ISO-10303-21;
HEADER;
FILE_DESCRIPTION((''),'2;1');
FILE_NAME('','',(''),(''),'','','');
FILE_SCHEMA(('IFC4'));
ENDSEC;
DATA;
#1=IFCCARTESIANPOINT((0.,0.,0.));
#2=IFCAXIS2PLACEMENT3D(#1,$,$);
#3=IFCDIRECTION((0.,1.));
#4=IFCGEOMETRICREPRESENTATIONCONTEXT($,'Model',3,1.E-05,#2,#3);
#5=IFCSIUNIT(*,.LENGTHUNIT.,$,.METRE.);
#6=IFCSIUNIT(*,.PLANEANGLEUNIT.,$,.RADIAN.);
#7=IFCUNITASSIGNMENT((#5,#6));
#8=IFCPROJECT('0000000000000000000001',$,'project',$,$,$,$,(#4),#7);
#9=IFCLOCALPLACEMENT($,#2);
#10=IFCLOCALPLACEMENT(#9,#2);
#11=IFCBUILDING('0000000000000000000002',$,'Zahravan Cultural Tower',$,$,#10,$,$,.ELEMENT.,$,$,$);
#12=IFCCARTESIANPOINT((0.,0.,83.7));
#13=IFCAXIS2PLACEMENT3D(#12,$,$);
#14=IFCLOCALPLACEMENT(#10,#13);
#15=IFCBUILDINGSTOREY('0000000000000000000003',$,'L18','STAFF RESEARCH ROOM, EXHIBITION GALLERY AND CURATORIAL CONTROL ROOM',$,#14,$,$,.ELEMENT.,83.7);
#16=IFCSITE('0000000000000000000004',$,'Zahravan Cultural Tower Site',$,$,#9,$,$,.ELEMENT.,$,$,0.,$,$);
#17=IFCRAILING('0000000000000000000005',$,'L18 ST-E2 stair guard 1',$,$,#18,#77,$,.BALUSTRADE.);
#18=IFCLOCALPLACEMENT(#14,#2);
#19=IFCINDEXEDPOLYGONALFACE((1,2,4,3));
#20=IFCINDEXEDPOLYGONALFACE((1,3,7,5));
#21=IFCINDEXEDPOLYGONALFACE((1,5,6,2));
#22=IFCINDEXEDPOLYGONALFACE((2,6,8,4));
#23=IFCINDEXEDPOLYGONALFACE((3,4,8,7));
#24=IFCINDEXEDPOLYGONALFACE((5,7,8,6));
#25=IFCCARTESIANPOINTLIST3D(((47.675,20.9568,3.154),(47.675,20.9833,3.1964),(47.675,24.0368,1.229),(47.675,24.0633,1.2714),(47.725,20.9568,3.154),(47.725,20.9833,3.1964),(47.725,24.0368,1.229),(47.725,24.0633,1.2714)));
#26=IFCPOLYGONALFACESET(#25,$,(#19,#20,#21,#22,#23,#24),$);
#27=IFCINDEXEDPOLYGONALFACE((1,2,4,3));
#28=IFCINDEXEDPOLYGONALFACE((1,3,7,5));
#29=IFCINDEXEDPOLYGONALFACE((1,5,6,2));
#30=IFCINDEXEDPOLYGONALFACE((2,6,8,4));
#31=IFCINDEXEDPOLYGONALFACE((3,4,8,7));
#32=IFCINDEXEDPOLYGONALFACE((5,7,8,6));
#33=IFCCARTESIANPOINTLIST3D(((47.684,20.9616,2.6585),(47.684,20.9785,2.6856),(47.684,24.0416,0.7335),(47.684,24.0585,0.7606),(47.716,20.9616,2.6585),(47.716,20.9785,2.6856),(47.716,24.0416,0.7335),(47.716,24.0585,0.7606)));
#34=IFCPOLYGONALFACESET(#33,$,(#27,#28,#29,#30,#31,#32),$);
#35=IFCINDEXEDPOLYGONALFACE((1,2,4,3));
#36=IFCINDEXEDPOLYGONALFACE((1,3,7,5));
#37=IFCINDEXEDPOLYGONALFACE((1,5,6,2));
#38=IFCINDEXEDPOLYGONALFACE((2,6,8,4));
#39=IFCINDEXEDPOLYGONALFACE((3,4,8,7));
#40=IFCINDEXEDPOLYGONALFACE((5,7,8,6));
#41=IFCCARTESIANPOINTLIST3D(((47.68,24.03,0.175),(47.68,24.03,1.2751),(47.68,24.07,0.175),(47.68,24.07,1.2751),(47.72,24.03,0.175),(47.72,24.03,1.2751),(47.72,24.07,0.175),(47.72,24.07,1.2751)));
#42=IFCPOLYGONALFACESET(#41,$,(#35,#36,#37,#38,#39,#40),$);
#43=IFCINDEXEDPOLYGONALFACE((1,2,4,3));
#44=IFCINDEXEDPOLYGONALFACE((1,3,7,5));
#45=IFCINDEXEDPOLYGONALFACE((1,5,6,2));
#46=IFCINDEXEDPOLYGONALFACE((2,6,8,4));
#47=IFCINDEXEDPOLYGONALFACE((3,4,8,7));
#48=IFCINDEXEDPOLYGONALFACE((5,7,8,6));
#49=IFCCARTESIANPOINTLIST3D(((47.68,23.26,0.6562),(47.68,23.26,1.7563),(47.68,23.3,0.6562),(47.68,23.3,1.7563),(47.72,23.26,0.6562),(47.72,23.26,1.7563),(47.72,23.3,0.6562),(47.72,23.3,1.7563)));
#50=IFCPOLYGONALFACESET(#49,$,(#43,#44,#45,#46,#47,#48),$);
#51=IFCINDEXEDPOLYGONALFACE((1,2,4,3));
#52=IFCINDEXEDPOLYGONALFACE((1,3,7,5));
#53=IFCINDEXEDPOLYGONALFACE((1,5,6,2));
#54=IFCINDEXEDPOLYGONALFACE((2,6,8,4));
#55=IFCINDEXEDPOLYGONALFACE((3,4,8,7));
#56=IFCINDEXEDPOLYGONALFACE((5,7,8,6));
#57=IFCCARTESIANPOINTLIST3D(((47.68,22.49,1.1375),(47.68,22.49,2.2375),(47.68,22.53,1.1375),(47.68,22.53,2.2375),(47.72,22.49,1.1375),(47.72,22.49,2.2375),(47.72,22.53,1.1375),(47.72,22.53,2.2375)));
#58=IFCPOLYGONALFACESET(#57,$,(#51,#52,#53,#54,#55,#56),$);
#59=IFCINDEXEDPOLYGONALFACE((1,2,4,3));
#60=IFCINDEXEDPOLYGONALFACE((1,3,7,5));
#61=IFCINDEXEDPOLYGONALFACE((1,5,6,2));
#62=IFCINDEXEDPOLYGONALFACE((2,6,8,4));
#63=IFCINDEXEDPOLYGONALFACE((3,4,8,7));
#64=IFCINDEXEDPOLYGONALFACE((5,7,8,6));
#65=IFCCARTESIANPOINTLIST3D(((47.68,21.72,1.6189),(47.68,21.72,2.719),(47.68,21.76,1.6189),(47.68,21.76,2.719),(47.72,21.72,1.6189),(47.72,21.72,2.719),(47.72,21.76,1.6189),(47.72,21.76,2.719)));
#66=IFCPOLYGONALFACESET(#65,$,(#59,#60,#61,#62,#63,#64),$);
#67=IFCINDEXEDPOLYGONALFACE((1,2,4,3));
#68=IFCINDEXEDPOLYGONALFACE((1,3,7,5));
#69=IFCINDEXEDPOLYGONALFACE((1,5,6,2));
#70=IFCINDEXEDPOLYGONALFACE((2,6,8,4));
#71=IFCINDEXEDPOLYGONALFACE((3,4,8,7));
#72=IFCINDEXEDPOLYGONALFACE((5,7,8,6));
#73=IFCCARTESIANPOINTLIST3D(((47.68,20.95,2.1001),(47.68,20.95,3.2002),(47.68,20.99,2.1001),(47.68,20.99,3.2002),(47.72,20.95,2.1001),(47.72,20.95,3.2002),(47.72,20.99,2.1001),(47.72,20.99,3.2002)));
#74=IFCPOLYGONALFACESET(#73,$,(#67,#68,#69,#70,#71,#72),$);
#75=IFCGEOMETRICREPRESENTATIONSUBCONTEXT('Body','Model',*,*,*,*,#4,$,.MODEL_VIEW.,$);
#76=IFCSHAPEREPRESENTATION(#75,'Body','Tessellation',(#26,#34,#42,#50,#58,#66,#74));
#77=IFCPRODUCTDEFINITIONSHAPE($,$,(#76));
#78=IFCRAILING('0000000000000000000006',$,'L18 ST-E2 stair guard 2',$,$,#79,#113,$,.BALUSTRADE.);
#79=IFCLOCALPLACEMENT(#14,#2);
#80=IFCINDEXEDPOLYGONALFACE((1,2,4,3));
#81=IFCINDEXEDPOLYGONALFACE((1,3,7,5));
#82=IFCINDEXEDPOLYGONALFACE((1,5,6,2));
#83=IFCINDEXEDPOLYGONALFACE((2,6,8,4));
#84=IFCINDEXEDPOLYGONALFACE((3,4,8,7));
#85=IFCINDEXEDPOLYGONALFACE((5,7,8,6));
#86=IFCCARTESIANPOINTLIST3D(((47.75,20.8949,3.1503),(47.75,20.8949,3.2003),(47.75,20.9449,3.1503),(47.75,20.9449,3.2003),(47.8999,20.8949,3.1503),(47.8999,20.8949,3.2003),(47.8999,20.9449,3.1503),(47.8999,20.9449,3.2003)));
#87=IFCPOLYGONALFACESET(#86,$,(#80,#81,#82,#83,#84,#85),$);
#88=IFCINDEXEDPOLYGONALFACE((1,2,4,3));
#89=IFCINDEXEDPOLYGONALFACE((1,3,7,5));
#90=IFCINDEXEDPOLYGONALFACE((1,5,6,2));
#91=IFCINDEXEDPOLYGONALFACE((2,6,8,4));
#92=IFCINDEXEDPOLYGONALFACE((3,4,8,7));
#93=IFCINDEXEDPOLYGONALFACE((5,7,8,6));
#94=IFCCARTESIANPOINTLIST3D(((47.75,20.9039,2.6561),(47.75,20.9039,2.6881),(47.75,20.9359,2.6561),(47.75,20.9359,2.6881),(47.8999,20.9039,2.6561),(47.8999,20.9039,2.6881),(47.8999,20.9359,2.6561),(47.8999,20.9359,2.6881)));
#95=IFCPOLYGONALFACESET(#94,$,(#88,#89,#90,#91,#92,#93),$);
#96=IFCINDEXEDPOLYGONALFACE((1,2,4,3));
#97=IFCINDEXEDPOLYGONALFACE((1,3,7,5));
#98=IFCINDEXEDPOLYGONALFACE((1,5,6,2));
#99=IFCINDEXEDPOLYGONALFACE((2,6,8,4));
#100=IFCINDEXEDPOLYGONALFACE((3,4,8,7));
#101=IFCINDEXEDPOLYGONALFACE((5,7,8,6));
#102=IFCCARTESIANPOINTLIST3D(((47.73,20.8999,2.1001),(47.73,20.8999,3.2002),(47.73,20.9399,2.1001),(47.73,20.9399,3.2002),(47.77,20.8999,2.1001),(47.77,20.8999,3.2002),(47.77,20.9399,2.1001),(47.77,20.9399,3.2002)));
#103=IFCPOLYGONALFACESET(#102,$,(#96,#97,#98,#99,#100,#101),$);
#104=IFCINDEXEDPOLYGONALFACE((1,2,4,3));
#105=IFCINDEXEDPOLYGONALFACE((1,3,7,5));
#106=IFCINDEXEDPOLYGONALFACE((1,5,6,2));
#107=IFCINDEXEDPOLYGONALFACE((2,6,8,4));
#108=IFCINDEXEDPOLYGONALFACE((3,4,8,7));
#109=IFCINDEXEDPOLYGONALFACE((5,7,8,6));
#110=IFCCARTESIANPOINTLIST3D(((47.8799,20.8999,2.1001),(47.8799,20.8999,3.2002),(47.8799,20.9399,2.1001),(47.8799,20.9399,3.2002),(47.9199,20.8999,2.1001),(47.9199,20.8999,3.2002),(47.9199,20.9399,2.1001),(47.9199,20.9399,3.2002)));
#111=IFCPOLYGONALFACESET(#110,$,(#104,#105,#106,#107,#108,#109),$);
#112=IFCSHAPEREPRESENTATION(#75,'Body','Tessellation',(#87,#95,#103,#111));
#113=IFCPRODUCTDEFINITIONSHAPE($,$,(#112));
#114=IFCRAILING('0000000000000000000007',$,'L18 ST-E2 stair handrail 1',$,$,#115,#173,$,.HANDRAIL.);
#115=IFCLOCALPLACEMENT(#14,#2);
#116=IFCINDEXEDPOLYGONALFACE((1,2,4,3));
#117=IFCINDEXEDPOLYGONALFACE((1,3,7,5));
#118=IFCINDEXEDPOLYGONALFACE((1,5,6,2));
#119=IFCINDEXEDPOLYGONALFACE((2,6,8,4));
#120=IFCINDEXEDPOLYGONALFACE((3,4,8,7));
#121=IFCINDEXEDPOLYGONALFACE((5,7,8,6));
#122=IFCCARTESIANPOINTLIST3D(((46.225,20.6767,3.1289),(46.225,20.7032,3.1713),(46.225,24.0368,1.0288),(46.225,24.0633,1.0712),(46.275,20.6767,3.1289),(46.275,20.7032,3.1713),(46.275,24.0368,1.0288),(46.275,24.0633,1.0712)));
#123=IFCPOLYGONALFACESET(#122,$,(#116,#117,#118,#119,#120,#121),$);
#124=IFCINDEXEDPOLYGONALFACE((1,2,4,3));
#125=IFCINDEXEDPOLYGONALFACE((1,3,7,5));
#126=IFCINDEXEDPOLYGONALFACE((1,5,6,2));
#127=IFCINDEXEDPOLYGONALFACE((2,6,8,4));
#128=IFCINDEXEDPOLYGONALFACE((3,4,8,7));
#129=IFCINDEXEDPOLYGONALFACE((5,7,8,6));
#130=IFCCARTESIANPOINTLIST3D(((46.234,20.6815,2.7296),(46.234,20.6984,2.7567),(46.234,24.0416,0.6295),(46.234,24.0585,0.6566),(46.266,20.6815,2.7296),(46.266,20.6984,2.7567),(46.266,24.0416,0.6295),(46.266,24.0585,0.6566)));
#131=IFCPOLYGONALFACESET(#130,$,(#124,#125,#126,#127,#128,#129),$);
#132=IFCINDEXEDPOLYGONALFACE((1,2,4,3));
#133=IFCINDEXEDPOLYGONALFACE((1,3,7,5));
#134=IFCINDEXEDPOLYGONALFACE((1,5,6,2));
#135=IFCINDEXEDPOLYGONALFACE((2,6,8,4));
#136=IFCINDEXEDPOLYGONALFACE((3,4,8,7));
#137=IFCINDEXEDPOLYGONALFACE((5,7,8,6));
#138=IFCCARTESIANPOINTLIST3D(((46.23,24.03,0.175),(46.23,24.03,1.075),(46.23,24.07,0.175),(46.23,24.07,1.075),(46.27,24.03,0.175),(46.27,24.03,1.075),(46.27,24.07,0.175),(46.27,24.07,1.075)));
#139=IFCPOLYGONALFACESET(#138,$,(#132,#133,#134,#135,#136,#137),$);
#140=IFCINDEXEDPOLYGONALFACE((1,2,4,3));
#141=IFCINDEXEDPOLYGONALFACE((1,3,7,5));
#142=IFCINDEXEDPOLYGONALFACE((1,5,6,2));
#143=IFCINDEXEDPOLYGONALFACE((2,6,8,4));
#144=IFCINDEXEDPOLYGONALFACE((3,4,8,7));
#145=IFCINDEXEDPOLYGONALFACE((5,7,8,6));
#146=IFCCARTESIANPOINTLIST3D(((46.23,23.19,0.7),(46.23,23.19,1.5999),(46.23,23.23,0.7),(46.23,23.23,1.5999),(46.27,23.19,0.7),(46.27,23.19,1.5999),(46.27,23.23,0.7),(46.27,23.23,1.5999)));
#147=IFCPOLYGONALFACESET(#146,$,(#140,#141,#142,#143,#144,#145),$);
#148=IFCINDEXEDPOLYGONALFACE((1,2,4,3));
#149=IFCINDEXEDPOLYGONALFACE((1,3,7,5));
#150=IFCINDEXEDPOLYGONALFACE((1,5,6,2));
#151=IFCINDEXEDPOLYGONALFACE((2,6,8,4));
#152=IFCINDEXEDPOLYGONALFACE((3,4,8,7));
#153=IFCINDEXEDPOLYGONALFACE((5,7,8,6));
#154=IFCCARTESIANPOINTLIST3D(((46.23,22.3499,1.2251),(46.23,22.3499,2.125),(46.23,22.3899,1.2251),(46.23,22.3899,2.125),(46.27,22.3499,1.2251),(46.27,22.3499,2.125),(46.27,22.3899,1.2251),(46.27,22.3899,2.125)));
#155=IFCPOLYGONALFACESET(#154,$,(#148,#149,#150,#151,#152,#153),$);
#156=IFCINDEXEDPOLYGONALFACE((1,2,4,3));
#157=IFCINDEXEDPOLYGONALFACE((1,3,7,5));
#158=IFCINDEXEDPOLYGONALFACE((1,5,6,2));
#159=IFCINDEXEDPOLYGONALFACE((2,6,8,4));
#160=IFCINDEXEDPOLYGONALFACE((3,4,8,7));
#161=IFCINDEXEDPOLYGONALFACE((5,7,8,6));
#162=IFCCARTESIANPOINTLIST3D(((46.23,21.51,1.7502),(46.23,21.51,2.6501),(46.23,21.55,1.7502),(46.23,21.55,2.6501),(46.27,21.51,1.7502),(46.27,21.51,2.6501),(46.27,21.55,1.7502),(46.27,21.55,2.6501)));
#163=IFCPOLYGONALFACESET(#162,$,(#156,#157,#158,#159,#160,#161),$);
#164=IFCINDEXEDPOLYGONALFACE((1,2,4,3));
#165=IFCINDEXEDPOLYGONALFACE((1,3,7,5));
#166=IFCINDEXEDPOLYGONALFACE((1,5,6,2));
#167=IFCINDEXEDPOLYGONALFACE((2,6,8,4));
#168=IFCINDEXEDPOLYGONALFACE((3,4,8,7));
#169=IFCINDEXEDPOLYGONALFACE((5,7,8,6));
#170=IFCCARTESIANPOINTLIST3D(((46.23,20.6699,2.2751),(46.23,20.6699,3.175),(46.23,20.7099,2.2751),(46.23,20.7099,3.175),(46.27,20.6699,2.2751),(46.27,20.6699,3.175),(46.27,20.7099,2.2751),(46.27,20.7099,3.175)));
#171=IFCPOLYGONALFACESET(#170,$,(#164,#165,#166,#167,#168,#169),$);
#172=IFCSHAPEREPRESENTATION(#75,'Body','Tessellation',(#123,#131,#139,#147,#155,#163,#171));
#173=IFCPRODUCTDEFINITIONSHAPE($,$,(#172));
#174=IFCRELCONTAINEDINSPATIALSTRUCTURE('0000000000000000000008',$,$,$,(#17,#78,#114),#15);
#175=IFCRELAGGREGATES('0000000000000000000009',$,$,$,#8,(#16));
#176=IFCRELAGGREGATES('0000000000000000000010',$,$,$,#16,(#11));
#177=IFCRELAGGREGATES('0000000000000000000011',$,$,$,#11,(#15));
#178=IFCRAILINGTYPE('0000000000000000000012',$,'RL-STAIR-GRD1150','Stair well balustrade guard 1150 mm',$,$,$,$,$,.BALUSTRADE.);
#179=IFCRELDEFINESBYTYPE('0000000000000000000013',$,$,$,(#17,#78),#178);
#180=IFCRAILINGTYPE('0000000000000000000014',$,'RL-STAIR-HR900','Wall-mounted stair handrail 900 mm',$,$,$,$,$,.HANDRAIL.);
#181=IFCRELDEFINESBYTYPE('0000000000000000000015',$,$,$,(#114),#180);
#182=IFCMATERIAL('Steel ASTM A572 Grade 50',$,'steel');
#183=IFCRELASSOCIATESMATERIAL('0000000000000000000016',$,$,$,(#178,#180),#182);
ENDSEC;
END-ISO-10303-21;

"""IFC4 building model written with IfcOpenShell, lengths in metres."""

from ifc_helpers import new_model, si_unit, direction, frame, origin, origin_2d, place, context, subcontext, project, spatial, rectangle, extrude, material, type_object, element, save


model = new_model("IFC4")

# Units and contexts
model_context = context("Model", 3, precision=1e-05, world=origin(), true_north=direction((0.0, 1.0)))
body_context = subcontext(model_context, "Body", "Model", "MODEL_VIEW")
ifc_project = project(units=[si_unit("LENGTHUNIT", "METRE"), si_unit("PLANEANGLEUNIT", "RADIAN")], contexts=[model_context])

# Site, building, storey
site_placement = place(None, origin())
site = spatial("IfcSite", under=ifc_project, at=site_placement, Name="Zahravan Cultural Tower Site", CompositionType="ELEMENT", RefElevation=0.0)
building_placement = place(site_placement, origin())
building = spatial("IfcBuilding", under=site, at=building_placement, Name="Zahravan Cultural Tower", CompositionType="ELEMENT")
storey_placement = place(building_placement, frame((0.0, 0.0, 83.7)))
storey = spatial("IfcBuildingStorey", under=building, at=storey_placement, Name="L18", Description="STAFF RESEARCH ROOM, EXHIBITION GALLERY AND CURATORIAL CONTROL ROOM", CompositionType="ELEMENT", Elevation=83.7)

# Shared definitions
ifc_material_1 = material(Name="Steel ASTM A572 Grade 50", Category="steel")

# Railings
railing_type_1 = type_object("IfcRailingType", Name="RL-STAIR-GRD1150", Description="Stair well balustrade guard 1150 mm", PredefinedType="BALUSTRADE", material=ifc_material_1)
railing_1_placement = place(storey_placement, frame((47.7, 24.05, 0.175)))
element("IfcRailing", 1, at=railing_1_placement, inside=storey, type_object=railing_type_1, Name="L18 ST-E2 stair guard 1", PredefinedType="BALUSTRADE", context=body_context, shape_type="SweptSolid", body=[
    extrude(rectangle(XDim=0.05, YDim=0.05, at=origin_2d()), frame((0.0, 0.0, 1.0752), z_axis=(0.0, -0.847998, 0.529999), x_axis=(1.0, 0.0, 0.0)), (0.0, 0.0, 1.0), 3.6321),
    extrude(rectangle(XDim=0.032, YDim=0.032, at=origin_2d()), frame((0.0, 0.0, 0.572), z_axis=(0.0, -0.847998, 0.529999), x_axis=(1.0, 0.0, 0.0)), (0.0, 0.0, 1.0), 3.6321),
    extrude(rectangle(XDim=0.04, YDim=0.04, at=origin_2d()), origin(), (0.0, 0.0, 1.0), 1.1001),
    extrude(rectangle(XDim=0.04, YDim=0.04, at=origin_2d()), frame((0.0, -0.77, 0.4812)), (0.0, 0.0, 1.0), 1.1001),
    extrude(rectangle(XDim=0.04, YDim=0.04, at=origin_2d()), frame((0.0, -1.54, 0.9624)), (0.0, 0.0, 1.0), 1.1001),
    extrude(rectangle(XDim=0.04, YDim=0.04, at=origin_2d()), frame((0.0, -2.3101, 1.4438)), (0.0, 0.0, 1.0), 1.1001),
    extrude(rectangle(XDim=0.04, YDim=0.04, at=origin_2d()), frame((0.0, -3.0801, 1.925)), (0.0, 0.0, 1.0), 1.1001),
])
railing_2_placement = place(storey_placement, frame((47.75, 20.9199, 2.1001)))
element("IfcRailing", 2, at=railing_2_placement, inside=storey, type_object=railing_type_1, Name="L18 ST-E2 stair guard 2", PredefinedType="BALUSTRADE", context=body_context, shape_type="SweptSolid", body=[
    extrude(rectangle(XDim=0.05, YDim=0.05, at=origin_2d()), frame((0.0, 0.0, 1.0752), z_axis=(1.0, 0.0, 0.0), x_axis=(0.0, 1.0, 0.0)), (0.0, 0.0, 1.0), 0.1499),
    extrude(rectangle(XDim=0.032, YDim=0.032, at=origin_2d()), frame((0.0, 0.0, 0.572), z_axis=(1.0, 0.0, 0.0), x_axis=(0.0, 1.0, 0.0)), (0.0, 0.0, 1.0), 0.1499),
    extrude(rectangle(XDim=0.04, YDim=0.04, at=origin_2d()), origin(), (0.0, 0.0, 1.0), 1.1001),
    extrude(rectangle(XDim=0.04, YDim=0.04, at=origin_2d()), frame((0.1499, 0.0, 0.0)), (0.0, 0.0, 1.0), 1.1001),
])
railing_type_2 = type_object("IfcRailingType", Name="RL-STAIR-HR900", Description="Wall-mounted stair handrail 900 mm", PredefinedType="HANDRAIL", material=ifc_material_1)
railing_3_placement = place(storey_placement, frame((46.25, 24.05, 0.175)))
element("IfcRailing", 3, at=railing_3_placement, inside=storey, type_object=railing_type_2, Name="L18 ST-E2 stair handrail 1", PredefinedType="HANDRAIL", context=body_context, shape_type="SweptSolid", body=[
    extrude(rectangle(XDim=0.05, YDim=0.05, at=origin_2d()), frame((0.0, 0.0, 0.875), z_axis=(0.0, -0.847995, 0.530004), x_axis=(1.0, 0.0, 0.0)), (0.0, 0.0, 1.0), 3.9624),
    extrude(rectangle(XDim=0.032, YDim=0.032, at=origin_2d()), frame((0.0, 0.0, 0.468), z_axis=(0.0, -0.847995, 0.530004), x_axis=(1.0, 0.0, 0.0)), (0.0, 0.0, 1.0), 3.9624),
    extrude(rectangle(XDim=0.04, YDim=0.04, at=origin_2d()), origin(), (0.0, 0.0, 1.0), 0.8999),
    extrude(rectangle(XDim=0.04, YDim=0.04, at=origin_2d()), frame((0.0, -0.8401, 0.5249)), (0.0, 0.0, 1.0), 0.8999),
    extrude(rectangle(XDim=0.04, YDim=0.04, at=origin_2d()), frame((0.0, -1.6802, 1.05)), (0.0, 0.0, 1.0), 0.8999),
    extrude(rectangle(XDim=0.04, YDim=0.04, at=origin_2d()), frame((0.0, -2.52, 1.5752)), (0.0, 0.0, 1.0), 0.8999),
    extrude(rectangle(XDim=0.04, YDim=0.04, at=origin_2d()), frame((0.0, -3.3601, 2.1001)), (0.0, 0.0, 1.0), 0.8999),
])

save(model, "model.ifc")
